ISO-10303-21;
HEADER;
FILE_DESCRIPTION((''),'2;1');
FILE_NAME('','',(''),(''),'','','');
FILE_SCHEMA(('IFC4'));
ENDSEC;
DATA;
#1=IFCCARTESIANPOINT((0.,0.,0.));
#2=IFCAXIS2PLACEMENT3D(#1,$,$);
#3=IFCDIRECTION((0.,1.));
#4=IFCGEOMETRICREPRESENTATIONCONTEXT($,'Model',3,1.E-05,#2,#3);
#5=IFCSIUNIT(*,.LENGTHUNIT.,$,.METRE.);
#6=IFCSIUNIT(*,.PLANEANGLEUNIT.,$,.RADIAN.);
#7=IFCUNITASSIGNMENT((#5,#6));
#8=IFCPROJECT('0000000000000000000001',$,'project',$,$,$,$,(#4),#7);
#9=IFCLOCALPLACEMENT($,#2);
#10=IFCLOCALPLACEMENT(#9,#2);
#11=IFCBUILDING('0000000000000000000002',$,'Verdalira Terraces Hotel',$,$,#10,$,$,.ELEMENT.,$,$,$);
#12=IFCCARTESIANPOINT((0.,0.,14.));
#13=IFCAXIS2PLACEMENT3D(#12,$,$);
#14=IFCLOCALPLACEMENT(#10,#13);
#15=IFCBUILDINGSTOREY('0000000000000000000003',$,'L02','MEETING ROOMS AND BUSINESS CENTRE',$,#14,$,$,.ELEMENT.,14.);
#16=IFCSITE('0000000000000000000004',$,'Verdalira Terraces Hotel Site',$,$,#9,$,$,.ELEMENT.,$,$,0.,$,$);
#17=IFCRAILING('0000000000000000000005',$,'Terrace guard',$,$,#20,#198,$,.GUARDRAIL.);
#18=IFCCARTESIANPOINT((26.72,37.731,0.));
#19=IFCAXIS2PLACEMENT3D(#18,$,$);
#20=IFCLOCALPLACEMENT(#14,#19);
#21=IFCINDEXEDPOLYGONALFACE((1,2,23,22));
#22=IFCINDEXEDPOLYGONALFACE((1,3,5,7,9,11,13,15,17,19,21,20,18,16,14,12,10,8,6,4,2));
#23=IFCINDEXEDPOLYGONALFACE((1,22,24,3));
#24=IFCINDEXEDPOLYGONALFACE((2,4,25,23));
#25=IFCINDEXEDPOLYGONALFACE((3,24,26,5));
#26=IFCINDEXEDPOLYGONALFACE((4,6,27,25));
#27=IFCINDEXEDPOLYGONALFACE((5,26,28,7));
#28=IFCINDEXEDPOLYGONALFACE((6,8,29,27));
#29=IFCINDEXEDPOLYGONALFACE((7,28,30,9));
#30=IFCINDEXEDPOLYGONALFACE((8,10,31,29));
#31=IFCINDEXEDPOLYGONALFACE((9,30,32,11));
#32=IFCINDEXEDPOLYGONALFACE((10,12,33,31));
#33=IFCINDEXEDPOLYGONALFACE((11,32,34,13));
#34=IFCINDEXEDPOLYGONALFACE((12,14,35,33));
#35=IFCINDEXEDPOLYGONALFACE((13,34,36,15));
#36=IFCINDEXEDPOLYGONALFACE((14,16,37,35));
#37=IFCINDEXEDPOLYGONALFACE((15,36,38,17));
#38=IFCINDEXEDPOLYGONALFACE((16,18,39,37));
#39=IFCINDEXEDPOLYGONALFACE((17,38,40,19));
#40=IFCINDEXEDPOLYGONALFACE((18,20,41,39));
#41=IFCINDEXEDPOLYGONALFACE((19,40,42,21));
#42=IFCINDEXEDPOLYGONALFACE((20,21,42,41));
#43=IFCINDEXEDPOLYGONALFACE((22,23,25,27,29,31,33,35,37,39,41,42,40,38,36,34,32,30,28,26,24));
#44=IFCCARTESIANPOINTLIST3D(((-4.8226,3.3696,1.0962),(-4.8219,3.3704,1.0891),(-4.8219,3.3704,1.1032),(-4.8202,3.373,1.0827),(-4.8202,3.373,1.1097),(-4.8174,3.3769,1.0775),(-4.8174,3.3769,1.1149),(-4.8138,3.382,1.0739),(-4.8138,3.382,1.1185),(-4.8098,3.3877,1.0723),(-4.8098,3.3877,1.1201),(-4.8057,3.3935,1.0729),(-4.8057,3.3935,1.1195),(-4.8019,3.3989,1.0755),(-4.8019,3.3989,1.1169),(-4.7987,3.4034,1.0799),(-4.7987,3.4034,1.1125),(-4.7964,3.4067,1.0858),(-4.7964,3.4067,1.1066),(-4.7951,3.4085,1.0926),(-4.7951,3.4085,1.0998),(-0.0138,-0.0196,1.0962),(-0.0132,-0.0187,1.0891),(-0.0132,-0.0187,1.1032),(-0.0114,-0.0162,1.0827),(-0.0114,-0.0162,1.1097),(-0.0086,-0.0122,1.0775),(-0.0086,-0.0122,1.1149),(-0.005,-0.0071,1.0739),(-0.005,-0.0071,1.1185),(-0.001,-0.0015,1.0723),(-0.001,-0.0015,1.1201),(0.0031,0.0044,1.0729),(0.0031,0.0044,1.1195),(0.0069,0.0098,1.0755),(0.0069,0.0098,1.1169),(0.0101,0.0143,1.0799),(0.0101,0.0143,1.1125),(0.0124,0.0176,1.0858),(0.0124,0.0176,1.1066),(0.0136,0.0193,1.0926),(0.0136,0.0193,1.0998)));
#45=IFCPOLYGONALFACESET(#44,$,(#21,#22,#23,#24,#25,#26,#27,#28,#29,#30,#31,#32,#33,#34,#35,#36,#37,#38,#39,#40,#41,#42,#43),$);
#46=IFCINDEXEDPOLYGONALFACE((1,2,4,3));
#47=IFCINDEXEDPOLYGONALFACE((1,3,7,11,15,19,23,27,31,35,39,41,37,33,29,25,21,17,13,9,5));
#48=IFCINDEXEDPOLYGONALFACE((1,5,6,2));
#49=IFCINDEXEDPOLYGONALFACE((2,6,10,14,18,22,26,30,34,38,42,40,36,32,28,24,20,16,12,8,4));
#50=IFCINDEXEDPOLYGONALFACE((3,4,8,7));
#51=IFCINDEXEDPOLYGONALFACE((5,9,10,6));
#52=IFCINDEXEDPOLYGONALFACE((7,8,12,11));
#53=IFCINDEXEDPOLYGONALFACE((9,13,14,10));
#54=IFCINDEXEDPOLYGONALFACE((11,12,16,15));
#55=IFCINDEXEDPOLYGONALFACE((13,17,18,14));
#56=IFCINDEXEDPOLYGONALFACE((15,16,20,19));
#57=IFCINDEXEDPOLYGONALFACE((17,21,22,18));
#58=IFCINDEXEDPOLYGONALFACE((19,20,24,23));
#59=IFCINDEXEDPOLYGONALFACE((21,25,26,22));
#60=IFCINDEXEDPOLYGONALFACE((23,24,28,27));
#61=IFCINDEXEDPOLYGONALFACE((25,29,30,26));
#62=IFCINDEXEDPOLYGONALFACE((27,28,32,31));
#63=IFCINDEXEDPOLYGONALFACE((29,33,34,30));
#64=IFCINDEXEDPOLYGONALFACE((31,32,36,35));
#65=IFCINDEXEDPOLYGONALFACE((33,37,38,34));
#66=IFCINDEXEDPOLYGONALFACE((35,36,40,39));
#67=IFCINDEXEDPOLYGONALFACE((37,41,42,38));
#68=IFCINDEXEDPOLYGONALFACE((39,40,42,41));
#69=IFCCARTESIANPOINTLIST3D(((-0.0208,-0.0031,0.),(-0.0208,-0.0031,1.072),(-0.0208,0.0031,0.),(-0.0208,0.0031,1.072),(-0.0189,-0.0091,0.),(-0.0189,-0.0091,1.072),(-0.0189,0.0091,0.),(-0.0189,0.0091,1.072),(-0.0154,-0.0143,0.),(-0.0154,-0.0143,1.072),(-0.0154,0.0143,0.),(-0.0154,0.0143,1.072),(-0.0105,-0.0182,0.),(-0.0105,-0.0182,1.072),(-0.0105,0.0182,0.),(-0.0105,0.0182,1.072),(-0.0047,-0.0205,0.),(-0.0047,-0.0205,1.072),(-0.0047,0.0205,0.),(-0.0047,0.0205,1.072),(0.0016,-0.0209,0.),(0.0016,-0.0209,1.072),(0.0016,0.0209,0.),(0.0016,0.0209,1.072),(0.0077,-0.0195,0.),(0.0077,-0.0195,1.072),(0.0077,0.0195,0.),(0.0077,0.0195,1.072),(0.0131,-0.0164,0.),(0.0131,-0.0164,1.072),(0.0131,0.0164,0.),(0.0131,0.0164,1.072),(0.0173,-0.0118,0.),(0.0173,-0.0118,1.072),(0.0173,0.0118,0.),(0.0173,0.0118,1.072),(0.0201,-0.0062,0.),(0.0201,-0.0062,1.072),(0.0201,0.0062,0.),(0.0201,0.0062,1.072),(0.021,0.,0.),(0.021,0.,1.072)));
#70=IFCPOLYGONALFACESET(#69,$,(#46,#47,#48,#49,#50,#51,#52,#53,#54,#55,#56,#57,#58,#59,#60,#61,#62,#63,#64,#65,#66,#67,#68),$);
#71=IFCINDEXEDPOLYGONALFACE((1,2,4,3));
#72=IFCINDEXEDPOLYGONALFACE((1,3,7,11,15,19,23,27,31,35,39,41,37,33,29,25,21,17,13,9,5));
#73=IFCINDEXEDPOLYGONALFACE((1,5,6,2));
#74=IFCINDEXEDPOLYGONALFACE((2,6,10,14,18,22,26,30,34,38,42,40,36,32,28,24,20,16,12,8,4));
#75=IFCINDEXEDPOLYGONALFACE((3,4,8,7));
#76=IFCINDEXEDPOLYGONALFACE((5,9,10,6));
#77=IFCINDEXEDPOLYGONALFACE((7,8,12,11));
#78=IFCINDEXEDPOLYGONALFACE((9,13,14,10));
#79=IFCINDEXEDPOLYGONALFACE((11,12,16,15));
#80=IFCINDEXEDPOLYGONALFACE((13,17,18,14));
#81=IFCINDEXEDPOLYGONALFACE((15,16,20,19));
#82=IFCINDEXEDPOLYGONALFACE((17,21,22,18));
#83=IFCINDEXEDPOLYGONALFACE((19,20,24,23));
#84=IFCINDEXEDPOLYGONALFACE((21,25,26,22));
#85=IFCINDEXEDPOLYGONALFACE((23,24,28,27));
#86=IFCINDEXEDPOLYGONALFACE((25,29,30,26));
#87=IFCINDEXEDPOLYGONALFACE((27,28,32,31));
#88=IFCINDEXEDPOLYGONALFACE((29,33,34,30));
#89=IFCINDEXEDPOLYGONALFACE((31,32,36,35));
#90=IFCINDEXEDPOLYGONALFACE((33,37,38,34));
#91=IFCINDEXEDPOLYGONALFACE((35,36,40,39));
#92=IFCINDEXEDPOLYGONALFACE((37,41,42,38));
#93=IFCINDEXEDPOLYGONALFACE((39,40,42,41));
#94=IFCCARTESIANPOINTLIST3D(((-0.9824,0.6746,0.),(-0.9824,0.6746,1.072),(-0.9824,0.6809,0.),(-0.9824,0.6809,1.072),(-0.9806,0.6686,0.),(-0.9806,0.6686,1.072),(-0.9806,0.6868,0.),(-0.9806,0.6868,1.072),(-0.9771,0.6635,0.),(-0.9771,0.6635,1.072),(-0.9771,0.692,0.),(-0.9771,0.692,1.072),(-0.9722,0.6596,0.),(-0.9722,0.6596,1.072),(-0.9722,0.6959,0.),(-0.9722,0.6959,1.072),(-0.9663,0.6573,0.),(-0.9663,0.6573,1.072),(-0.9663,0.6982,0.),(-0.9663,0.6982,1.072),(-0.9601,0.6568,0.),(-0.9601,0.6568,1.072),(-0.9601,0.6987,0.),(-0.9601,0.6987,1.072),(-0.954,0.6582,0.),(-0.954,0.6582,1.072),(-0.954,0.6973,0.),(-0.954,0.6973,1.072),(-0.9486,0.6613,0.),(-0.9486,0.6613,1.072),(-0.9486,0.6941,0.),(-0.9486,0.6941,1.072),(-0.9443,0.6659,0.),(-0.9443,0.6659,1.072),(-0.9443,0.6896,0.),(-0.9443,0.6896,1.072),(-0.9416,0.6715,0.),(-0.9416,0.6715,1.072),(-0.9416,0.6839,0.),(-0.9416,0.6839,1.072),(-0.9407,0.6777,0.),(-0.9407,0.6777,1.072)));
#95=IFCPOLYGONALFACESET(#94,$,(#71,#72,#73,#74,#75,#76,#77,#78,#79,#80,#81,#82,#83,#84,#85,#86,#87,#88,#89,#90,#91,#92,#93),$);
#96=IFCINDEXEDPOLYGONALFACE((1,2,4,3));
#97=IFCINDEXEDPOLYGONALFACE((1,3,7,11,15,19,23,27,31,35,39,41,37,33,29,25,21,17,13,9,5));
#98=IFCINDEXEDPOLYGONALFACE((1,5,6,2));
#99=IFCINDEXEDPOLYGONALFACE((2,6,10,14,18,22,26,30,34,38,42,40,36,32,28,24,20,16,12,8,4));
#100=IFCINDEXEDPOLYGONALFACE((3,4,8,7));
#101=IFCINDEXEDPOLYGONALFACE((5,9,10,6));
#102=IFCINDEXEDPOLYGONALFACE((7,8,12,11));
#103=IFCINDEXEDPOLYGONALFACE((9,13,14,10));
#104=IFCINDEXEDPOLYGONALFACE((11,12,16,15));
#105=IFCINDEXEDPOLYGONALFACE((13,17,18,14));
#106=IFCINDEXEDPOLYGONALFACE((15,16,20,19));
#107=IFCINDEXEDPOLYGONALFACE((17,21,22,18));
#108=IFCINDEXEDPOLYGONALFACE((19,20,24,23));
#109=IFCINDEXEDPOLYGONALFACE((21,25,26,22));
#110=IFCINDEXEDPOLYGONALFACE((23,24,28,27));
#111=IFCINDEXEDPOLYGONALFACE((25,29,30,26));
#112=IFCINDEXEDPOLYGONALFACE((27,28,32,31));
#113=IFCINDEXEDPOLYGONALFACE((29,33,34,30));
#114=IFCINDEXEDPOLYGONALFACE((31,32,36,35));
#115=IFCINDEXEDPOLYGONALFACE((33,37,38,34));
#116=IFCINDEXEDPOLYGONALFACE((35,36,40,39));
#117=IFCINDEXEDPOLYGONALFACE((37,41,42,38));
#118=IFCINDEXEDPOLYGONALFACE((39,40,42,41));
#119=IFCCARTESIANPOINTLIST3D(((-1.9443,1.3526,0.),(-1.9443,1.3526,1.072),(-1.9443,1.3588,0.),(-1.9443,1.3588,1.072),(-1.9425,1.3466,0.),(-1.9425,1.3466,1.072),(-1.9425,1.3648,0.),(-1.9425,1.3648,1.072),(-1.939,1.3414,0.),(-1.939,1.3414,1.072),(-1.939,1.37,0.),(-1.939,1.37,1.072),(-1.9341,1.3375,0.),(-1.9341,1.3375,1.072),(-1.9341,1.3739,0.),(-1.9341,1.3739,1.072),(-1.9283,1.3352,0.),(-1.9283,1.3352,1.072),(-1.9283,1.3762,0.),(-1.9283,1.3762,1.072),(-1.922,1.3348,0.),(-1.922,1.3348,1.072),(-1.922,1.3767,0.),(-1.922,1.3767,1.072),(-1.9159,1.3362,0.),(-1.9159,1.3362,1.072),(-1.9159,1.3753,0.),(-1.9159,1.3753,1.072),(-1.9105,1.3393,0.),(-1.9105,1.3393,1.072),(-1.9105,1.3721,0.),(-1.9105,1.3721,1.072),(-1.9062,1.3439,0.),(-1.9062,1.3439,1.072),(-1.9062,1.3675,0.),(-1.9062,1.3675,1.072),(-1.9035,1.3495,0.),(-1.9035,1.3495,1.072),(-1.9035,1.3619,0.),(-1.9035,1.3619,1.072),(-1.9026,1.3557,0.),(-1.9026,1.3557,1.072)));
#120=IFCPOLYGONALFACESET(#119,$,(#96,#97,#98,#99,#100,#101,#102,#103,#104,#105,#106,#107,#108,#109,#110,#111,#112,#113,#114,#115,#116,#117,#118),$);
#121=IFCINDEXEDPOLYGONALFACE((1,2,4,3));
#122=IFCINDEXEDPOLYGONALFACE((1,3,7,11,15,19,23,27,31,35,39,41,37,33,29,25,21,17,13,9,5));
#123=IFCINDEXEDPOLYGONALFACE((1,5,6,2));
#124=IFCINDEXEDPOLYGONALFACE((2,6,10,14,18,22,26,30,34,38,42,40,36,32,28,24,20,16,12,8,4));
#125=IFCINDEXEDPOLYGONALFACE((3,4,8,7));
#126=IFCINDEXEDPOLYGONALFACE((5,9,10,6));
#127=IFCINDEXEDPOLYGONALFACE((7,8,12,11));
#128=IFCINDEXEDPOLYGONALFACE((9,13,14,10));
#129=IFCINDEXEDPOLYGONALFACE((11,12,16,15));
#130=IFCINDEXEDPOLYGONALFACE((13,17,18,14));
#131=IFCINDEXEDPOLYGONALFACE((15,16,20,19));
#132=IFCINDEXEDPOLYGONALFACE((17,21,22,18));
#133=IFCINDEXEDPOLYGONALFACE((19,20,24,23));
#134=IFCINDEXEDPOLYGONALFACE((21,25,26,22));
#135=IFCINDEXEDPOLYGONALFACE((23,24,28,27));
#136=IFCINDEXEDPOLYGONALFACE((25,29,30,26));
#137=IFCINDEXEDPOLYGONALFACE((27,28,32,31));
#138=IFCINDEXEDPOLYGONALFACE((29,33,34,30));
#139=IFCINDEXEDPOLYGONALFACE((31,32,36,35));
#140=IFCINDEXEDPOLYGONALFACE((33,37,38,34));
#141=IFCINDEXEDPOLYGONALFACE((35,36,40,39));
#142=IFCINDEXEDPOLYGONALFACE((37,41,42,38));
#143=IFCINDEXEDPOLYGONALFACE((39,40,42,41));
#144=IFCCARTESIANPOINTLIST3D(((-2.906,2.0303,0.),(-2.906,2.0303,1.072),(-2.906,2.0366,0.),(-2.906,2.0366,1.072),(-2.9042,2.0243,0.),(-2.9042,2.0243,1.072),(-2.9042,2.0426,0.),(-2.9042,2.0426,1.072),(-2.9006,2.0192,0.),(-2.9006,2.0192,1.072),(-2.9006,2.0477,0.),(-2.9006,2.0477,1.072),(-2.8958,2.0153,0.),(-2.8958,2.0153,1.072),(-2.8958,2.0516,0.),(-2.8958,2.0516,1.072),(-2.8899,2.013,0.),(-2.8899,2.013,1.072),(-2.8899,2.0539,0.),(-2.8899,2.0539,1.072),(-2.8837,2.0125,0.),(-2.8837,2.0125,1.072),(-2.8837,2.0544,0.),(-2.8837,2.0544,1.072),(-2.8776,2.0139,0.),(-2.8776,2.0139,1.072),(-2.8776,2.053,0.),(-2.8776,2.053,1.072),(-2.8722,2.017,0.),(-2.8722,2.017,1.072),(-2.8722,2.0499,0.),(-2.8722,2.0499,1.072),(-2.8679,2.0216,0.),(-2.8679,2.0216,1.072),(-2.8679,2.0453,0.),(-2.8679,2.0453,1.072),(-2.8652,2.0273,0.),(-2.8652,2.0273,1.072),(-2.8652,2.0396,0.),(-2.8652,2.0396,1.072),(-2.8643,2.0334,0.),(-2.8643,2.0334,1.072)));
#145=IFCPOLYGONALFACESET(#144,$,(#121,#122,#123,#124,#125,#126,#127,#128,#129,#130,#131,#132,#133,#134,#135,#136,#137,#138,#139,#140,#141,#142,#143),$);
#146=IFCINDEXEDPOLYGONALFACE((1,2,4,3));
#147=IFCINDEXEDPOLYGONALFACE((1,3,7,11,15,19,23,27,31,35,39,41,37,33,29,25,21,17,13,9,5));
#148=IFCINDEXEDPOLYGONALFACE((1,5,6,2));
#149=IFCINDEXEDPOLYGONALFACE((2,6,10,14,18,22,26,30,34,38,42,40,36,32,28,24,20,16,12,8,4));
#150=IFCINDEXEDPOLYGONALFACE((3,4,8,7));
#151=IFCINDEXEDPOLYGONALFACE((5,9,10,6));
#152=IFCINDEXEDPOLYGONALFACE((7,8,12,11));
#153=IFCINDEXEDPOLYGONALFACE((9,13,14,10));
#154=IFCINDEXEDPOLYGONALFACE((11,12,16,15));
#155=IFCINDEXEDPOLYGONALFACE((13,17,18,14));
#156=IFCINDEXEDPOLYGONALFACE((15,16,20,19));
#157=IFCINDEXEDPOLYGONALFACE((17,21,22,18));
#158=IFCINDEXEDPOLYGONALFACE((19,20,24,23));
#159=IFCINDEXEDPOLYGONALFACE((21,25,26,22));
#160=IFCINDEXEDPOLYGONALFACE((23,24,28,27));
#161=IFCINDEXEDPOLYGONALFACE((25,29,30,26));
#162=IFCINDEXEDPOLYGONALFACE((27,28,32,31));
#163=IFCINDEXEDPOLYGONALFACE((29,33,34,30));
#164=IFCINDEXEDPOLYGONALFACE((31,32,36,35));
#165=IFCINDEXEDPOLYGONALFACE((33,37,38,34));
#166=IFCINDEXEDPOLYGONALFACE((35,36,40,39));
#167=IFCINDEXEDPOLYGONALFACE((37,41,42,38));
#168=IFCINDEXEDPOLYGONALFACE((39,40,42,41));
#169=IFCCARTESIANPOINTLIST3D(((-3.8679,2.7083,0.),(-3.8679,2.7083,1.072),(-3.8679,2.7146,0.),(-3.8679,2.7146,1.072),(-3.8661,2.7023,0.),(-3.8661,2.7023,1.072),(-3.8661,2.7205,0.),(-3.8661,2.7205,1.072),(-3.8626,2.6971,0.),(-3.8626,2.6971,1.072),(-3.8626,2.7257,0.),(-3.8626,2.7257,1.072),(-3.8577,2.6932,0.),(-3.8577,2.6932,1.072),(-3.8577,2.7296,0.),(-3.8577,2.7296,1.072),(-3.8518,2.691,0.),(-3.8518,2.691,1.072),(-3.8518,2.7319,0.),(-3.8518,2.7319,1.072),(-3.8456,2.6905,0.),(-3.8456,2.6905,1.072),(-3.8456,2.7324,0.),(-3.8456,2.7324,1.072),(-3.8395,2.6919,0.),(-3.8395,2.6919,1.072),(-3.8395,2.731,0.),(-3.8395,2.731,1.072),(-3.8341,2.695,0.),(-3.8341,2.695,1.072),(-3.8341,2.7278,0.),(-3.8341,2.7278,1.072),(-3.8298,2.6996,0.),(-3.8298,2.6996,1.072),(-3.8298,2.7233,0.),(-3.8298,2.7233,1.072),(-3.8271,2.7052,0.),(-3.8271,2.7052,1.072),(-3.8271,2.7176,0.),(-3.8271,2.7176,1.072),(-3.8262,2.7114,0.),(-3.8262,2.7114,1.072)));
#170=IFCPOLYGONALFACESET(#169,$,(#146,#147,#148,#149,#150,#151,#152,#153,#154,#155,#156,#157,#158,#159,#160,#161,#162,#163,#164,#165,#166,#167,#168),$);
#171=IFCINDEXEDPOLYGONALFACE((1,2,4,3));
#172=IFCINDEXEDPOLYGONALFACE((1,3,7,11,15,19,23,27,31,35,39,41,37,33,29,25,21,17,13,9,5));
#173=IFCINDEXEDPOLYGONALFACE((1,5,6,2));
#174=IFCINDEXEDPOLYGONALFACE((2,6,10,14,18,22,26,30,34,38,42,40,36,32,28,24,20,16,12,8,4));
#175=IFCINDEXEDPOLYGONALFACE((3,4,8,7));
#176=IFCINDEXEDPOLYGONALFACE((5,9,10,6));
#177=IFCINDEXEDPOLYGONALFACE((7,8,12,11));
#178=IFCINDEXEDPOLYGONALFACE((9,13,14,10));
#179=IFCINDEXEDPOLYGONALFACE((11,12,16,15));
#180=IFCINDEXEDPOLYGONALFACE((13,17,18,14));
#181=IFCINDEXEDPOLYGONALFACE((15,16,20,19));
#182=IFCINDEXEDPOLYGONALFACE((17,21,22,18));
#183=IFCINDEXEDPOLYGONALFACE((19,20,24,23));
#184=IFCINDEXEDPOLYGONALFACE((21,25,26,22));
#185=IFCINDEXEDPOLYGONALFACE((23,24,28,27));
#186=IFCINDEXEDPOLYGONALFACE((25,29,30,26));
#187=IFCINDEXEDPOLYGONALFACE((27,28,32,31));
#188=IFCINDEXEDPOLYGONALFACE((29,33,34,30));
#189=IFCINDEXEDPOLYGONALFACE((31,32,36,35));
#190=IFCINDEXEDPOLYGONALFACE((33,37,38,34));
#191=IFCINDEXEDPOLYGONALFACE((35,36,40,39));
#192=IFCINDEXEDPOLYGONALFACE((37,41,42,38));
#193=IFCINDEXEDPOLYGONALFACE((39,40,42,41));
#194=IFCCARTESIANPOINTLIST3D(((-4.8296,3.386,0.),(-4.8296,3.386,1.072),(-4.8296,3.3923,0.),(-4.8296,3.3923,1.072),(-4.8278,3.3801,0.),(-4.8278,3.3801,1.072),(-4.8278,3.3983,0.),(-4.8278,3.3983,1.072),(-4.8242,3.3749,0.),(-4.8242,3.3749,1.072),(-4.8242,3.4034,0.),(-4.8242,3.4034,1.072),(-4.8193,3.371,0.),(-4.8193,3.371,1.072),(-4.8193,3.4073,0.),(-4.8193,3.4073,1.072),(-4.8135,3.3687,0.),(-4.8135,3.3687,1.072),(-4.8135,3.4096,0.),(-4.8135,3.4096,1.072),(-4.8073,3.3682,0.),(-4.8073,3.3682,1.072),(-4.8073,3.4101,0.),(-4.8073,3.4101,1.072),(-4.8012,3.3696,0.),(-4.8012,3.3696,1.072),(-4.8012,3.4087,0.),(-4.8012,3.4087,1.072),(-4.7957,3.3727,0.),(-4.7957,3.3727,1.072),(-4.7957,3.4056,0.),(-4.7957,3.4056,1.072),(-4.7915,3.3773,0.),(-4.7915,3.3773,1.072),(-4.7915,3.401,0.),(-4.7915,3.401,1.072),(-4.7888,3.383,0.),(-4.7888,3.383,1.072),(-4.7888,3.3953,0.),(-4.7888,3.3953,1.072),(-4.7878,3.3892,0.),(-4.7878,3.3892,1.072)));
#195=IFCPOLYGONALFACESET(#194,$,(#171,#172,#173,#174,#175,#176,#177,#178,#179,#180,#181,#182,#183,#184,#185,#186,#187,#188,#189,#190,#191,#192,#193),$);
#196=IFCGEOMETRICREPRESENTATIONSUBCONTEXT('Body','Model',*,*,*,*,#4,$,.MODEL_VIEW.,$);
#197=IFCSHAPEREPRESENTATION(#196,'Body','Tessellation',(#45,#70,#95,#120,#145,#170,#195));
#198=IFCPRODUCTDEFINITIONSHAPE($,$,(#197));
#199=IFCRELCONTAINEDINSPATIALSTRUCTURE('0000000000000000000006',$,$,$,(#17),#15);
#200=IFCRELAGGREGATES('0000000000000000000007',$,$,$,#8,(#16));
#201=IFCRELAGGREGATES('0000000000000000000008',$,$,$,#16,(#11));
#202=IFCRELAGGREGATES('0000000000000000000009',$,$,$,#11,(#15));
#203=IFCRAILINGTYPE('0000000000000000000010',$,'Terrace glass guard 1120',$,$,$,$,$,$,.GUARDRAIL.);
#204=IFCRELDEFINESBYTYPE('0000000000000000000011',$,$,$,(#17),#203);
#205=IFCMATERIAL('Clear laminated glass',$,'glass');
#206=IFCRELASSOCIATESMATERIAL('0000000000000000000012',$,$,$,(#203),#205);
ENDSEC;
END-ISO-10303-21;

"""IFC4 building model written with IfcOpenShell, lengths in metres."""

from ifc_helpers import new_model, si_unit, direction, frame, origin, origin_2d, place, context, subcontext, project, spatial, circle, extrude, material, type_object, element, save


model = new_model("IFC4")

# Units and contexts
model_context = context("Model", 3, precision=1e-05, world=origin(), true_north=direction((0.0, 1.0)))
body_context = subcontext(model_context, "Body", "Model", "MODEL_VIEW")
ifc_project = project(units=[si_unit("LENGTHUNIT", "METRE"), si_unit("PLANEANGLEUNIT", "RADIAN")], contexts=[model_context])

# Site, building, storey
site_placement = place(None, origin())
site = spatial("IfcSite", under=ifc_project, at=site_placement, Name="Verdalira Terraces Hotel Site", CompositionType="ELEMENT", RefElevation=0.0)
building_placement = place(site_placement, origin())
building = spatial("IfcBuilding", under=site, at=building_placement, Name="Verdalira Terraces Hotel", CompositionType="ELEMENT")
storey_placement = place(building_placement, frame((0.0, 0.0, 14.0)))
storey = spatial("IfcBuildingStorey", under=building, at=storey_placement, Name="L02", Description="MEETING ROOMS AND BUSINESS CENTRE", CompositionType="ELEMENT", Elevation=14.0)

# Railing
ifc_material_1 = material(Name="Clear laminated glass", Category="glass")
railing_type_1 = type_object("IfcRailingType", Name="Terrace glass guard 1120", PredefinedType="GUARDRAIL", material=ifc_material_1)
railing_1_placement = place(storey_placement, frame((26.72, 37.731, 0.0)))
element("IfcRailing", 1, at=railing_1_placement, inside=storey, type_object=railing_type_1, Name="Terrace guard", PredefinedType="GUARDRAIL", context=body_context, shape_type="SweptSolid", body=[
    extrude(circle(Radius=0.0239, at=origin_2d()), frame((0.0, 0.0, 1.0962), z_axis=(-0.817393, 0.57608, 0.0), x_axis=(-0.57608, -0.817393, 0.0)), (0.0, 0.0, 1.0), 5.8831),
    extrude(circle(Radius=0.021, at=origin_2d()), origin(), (0.0, 0.0, 1.0), 1.072),
    extrude(circle(Radius=0.021, at=origin_2d()), frame((-0.9617, 0.6777, 0.0)), (0.0, 0.0, 1.0), 1.072),
    extrude(circle(Radius=0.021, at=origin_2d()), frame((-1.9236, 1.3557, 0.0)), (0.0, 0.0, 1.0), 1.072),
    extrude(circle(Radius=0.021, at=origin_2d()), frame((-2.8853, 2.0334, 0.0)), (0.0, 0.0, 1.0), 1.072),
    extrude(circle(Radius=0.021, at=origin_2d()), frame((-3.8472, 2.7114, 0.0)), (0.0, 0.0, 1.0), 1.072),
    extrude(circle(Radius=0.021, at=origin_2d()), frame((-4.8088, 3.3892, 0.0)), (0.0, 0.0, 1.0), 1.072),
])

save(model, "model.ifc")
